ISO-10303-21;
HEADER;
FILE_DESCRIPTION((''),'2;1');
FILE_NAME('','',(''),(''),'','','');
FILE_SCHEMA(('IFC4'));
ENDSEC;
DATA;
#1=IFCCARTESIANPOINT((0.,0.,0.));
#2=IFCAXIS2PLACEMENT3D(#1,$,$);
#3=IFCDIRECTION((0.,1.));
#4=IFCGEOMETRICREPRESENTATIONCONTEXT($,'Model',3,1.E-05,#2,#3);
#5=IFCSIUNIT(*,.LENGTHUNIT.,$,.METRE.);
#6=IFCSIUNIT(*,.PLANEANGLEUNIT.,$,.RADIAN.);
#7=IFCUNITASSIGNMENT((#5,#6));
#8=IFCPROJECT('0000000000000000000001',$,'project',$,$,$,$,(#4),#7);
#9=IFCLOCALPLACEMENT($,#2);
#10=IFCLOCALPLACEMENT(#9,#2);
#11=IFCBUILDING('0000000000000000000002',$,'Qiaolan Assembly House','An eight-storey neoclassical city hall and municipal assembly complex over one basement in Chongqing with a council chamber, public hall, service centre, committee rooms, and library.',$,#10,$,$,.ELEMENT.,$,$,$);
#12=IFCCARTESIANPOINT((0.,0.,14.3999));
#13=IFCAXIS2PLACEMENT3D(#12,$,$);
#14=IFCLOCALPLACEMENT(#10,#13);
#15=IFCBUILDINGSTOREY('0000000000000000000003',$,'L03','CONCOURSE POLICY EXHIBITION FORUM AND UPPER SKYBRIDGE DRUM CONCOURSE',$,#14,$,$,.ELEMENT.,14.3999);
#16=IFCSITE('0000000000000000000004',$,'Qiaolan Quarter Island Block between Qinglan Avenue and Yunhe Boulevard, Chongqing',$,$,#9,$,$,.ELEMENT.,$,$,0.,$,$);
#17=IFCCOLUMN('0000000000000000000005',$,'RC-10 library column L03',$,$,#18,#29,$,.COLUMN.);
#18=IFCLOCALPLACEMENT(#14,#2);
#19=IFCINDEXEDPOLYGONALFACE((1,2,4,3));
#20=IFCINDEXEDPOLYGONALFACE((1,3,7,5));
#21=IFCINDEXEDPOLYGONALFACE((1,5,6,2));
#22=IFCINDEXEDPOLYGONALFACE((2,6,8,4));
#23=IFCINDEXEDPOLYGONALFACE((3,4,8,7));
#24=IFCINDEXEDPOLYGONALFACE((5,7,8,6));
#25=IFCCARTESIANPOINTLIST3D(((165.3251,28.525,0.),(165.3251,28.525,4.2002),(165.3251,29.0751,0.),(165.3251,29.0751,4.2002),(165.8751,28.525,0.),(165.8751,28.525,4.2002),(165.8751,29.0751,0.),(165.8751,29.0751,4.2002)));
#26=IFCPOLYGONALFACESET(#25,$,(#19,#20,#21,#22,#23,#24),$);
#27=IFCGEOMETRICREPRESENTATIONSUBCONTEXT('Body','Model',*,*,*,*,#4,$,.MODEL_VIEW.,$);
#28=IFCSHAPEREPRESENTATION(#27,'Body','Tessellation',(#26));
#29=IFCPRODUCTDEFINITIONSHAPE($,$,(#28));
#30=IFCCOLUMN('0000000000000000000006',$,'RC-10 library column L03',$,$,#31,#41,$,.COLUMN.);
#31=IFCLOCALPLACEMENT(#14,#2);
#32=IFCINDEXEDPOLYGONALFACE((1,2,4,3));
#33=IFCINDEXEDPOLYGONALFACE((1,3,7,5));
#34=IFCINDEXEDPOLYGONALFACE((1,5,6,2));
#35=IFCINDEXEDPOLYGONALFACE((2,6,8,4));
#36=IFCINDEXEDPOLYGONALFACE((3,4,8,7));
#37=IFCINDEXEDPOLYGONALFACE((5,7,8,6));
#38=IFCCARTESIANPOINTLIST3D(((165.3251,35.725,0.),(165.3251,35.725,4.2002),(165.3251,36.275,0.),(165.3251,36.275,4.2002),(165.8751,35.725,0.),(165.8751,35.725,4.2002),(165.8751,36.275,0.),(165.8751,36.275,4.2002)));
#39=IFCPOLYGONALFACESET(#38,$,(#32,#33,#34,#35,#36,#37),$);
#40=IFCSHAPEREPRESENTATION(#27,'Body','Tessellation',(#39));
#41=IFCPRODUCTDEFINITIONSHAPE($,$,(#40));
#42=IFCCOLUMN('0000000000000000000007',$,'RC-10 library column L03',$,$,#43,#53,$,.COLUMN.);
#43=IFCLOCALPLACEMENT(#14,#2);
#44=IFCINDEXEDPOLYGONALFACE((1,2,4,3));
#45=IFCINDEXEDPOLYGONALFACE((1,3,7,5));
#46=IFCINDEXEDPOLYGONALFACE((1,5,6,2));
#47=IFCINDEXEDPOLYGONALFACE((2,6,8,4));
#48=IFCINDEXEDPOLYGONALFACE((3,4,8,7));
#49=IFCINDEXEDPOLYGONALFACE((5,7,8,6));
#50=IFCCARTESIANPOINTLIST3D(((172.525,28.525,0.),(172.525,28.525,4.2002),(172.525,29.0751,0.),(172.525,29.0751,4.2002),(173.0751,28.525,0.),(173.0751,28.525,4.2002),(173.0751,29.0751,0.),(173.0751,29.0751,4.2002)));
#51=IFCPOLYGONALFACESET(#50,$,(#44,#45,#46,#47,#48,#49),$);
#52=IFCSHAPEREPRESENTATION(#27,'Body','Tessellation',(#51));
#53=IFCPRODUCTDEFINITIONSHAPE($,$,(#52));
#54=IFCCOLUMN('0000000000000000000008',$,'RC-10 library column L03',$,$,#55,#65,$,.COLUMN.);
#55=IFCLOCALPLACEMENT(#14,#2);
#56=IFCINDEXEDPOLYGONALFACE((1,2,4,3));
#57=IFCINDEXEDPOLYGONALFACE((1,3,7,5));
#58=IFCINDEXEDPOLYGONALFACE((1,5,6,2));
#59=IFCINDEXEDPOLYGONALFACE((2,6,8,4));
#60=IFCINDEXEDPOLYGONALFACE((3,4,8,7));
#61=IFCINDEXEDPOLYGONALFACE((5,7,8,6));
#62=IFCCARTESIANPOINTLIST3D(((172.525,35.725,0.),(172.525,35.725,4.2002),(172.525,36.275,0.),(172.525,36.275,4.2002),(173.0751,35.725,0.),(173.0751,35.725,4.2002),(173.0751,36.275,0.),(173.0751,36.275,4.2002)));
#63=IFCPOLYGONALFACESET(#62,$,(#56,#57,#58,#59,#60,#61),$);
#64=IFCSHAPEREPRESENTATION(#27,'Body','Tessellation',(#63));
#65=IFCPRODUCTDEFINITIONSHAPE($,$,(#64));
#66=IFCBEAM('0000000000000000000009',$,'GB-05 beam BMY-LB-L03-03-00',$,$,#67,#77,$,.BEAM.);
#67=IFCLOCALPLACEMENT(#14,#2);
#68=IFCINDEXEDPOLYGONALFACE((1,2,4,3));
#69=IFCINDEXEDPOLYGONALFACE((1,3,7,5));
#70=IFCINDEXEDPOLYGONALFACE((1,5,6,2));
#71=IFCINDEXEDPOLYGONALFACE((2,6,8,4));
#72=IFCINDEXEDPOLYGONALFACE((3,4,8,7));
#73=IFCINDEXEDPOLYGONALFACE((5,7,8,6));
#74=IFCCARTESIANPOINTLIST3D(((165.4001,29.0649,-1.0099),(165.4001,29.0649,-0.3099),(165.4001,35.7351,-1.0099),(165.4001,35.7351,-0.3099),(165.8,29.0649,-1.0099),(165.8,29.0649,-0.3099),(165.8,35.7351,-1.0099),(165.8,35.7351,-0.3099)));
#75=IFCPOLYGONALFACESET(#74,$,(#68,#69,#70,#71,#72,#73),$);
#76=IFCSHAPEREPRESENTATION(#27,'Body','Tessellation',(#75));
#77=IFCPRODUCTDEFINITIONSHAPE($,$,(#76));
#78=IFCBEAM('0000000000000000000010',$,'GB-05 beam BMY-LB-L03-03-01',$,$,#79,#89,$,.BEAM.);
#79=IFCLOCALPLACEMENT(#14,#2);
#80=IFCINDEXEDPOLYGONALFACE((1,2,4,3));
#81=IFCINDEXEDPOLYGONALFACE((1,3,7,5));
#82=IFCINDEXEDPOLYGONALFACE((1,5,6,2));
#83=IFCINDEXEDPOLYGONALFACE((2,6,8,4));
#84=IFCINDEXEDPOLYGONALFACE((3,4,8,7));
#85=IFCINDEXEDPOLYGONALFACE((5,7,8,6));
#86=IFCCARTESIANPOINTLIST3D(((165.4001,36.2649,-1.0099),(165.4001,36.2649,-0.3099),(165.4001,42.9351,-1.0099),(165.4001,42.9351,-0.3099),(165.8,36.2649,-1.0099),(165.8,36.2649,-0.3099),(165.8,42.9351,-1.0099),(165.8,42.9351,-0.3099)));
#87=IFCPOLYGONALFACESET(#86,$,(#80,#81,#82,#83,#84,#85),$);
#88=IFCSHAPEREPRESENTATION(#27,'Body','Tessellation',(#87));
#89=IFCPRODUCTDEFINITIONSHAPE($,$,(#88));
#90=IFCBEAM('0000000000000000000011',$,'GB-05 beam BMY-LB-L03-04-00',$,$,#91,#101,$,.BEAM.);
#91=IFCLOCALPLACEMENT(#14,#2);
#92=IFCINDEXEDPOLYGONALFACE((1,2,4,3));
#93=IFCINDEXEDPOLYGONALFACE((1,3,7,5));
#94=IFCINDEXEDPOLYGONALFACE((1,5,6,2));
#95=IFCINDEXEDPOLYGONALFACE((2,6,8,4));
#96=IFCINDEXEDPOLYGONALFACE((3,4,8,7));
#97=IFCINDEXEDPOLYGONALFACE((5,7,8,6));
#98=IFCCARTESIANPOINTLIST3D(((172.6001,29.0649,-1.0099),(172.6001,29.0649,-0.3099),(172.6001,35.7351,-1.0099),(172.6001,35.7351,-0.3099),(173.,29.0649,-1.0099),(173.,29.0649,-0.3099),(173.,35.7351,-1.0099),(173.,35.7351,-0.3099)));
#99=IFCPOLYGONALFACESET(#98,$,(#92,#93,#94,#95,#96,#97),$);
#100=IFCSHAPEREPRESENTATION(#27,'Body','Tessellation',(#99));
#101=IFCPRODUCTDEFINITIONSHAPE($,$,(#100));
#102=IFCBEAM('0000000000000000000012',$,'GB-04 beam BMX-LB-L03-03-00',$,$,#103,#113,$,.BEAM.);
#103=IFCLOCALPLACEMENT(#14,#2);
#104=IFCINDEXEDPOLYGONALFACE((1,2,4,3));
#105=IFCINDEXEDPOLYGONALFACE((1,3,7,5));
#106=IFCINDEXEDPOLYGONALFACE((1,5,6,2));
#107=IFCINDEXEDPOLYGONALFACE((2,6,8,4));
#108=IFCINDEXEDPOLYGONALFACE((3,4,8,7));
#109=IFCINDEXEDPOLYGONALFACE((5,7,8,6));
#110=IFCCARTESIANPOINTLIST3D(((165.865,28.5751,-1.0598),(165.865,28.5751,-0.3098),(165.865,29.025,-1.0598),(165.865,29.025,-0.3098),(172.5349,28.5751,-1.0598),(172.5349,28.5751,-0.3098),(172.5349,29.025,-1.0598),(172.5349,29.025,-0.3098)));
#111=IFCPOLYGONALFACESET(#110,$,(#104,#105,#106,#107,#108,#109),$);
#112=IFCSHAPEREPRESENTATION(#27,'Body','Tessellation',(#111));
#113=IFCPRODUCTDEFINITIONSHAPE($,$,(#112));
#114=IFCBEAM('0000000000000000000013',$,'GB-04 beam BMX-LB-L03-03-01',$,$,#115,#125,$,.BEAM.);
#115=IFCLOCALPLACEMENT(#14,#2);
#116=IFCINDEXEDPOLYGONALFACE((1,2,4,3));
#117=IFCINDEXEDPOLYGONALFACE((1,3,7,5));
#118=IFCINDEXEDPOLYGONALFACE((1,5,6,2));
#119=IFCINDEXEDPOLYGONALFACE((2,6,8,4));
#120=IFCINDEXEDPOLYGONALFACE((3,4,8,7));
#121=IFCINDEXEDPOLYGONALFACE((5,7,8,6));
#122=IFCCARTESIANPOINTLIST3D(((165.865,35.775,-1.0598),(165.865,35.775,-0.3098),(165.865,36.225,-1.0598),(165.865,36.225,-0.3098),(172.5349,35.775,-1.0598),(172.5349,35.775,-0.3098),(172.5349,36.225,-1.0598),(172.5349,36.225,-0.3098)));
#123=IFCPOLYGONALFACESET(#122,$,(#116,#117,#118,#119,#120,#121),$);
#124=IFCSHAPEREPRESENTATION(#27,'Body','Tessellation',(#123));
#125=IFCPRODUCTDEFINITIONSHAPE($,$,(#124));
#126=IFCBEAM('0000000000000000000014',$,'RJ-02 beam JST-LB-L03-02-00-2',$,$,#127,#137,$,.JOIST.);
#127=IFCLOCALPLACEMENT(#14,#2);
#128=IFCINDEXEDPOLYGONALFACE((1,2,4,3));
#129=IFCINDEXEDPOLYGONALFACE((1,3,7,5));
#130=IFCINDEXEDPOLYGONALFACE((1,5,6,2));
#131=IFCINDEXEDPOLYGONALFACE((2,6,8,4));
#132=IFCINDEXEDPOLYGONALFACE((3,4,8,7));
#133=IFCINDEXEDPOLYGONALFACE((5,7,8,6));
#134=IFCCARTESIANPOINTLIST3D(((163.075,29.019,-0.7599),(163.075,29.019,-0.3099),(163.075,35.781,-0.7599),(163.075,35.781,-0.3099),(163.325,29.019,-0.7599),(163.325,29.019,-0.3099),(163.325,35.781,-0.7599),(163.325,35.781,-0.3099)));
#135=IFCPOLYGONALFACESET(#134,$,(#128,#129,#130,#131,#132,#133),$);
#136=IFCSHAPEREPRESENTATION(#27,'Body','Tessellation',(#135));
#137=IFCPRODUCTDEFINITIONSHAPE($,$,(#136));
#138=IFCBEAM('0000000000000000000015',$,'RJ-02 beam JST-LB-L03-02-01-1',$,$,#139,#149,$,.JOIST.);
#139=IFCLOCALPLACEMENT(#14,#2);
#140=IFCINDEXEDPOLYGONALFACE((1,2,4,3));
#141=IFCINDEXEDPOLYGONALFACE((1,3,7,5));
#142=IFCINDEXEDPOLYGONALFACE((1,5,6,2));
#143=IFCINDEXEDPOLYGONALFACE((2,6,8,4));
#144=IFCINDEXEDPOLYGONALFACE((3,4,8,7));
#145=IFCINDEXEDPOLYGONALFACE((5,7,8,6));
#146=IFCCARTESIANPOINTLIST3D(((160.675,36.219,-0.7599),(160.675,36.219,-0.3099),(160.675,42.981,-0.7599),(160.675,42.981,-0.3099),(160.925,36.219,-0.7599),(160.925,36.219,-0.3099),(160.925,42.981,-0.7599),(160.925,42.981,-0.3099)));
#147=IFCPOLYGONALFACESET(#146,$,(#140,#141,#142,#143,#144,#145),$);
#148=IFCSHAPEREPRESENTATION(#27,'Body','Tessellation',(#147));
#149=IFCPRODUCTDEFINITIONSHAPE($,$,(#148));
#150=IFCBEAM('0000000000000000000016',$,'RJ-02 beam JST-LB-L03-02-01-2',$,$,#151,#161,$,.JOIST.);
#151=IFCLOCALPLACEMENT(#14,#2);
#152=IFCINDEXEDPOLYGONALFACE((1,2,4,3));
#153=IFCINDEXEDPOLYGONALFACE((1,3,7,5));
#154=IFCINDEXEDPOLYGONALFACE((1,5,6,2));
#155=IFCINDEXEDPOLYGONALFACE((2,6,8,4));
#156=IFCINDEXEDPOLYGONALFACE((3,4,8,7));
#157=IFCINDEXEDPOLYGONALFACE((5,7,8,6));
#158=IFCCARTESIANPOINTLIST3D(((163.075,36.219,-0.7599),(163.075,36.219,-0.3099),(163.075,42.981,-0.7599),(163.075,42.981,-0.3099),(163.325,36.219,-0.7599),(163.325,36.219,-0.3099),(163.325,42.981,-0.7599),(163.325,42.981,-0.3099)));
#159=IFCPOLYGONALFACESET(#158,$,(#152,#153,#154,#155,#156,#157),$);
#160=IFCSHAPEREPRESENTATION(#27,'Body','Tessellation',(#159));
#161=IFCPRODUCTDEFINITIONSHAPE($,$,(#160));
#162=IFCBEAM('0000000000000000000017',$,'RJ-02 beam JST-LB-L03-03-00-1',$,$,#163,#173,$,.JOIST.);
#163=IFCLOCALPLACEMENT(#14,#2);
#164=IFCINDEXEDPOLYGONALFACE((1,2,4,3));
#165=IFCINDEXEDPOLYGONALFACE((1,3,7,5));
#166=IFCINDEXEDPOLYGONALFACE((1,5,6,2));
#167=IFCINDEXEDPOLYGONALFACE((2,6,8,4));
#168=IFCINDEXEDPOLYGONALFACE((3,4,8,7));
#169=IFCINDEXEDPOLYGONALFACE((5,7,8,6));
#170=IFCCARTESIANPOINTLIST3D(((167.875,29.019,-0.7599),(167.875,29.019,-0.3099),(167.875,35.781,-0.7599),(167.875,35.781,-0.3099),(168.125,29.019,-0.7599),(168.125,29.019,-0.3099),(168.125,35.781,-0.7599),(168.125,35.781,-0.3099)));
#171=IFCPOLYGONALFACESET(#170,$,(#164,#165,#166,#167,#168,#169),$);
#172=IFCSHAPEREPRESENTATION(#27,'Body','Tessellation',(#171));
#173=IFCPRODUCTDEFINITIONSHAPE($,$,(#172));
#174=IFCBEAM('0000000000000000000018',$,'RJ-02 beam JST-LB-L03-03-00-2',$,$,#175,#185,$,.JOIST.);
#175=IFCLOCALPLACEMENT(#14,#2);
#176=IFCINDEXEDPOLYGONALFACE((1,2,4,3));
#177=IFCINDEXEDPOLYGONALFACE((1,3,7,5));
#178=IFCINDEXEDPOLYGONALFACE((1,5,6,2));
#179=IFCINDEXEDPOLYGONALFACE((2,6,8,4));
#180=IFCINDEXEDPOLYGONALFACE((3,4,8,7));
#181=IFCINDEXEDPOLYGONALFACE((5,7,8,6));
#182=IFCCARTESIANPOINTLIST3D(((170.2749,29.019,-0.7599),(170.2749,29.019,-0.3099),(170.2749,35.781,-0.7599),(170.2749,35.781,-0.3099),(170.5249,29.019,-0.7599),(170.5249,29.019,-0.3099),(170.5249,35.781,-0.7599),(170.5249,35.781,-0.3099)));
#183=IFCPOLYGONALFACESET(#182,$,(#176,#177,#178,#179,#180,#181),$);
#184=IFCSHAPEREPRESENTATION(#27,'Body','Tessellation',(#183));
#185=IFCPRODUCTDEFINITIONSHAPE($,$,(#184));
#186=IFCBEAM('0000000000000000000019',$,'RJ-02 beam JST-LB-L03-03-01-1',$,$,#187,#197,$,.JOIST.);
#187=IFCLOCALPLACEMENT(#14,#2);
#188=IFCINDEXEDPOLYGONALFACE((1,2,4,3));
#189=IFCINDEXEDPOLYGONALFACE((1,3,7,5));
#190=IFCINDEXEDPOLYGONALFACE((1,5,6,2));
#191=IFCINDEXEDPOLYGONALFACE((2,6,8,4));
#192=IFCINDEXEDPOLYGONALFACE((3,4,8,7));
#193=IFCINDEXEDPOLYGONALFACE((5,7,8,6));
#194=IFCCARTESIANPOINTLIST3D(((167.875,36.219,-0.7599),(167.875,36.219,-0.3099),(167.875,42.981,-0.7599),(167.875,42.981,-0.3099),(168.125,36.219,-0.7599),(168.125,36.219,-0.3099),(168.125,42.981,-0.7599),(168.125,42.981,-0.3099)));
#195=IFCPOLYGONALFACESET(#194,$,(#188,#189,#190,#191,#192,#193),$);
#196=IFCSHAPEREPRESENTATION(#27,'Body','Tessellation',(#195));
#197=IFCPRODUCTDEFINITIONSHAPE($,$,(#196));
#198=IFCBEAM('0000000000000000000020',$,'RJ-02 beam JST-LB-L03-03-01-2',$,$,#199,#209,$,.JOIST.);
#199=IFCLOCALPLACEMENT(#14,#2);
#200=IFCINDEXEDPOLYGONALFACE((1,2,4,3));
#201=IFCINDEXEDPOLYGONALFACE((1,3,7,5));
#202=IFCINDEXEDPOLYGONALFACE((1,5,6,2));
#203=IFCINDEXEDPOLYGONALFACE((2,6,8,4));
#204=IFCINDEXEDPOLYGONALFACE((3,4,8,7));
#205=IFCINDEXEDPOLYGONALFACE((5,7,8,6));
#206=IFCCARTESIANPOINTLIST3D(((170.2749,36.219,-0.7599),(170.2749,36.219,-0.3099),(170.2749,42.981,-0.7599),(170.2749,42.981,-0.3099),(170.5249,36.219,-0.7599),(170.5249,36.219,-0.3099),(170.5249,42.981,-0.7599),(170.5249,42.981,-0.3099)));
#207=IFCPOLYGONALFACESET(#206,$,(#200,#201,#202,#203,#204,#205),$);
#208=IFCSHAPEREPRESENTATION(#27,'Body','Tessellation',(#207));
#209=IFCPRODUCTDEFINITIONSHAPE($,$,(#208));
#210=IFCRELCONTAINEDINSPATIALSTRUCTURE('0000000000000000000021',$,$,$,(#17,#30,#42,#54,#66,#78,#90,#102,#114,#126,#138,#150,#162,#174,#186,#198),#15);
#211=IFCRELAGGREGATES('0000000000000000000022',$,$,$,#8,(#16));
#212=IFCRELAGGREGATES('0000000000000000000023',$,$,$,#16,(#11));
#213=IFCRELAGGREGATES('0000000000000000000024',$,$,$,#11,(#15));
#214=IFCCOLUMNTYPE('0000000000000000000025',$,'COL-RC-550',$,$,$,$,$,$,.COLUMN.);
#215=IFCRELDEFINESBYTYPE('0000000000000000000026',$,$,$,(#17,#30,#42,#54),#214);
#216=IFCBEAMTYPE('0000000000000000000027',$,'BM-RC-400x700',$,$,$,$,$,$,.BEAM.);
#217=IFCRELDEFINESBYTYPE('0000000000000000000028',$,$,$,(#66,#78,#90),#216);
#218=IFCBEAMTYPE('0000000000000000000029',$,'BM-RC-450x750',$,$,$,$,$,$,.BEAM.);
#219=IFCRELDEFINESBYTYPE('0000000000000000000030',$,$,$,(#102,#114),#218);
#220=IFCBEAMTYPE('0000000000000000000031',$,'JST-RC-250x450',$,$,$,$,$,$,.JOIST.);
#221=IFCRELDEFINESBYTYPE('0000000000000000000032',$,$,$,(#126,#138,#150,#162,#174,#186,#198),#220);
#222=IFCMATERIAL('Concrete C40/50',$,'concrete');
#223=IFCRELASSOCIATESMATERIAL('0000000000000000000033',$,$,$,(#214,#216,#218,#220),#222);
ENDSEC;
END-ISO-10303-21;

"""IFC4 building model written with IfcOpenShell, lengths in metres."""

from ifc_helpers import new_model, si_unit, direction, frame, origin, origin_2d, place, context, subcontext, project, spatial, rectangle, extrude, material, material_profile, profile_set, type_object, element, save


model = new_model("IFC4")

# Units and contexts
model_context = context("Model", 3, precision=1e-05, world=origin(), true_north=direction((0.0, 1.0)))
body_context = subcontext(model_context, "Body", "Model", "MODEL_VIEW")
ifc_project = project(units=[si_unit("LENGTHUNIT", "METRE"), si_unit("PLANEANGLEUNIT", "RADIAN")], contexts=[model_context])

# Site, building, storey
site_placement = place(None, origin())
site = spatial("IfcSite", under=ifc_project, at=site_placement, Name="Qiaolan Quarter Island Block between Qinglan Avenue and Yunhe Boulevard, Chongqing", CompositionType="ELEMENT", RefElevation=0.0)
building_placement = place(site_placement, origin())
building = spatial("IfcBuilding", under=site, at=building_placement, Name="Qiaolan Assembly House", Description="An eight-storey neoclassical city hall and municipal assembly complex over one basement in Chongqing with a council chamber, public hall, service centre, committee rooms, and library.", CompositionType="ELEMENT")
storey_placement = place(building_placement, frame((0.0, 0.0, 14.3999)))
storey = spatial("IfcBuildingStorey", under=building, at=storey_placement, Name="L03", Description="CONCOURSE POLICY EXHIBITION FORUM AND UPPER SKYBRIDGE DRUM CONCOURSE", CompositionType="ELEMENT", Elevation=14.3999)

# Columns
ifc_material_1 = material(Name="Concrete C40/50", Category="concrete")
ifc_material_profile_1 = material_profile(ifc_material_1, rectangle(XDim=0.55, YDim=0.55, at=origin_2d()), Name="RC 550x550")
ifc_profile_set_1 = profile_set([ifc_material_profile_1], Name="Concrete C40/50")
column_type = type_object("IfcColumnType", Name="COL-RC-550", PredefinedType="COLUMN", material=ifc_profile_set_1)
for number, where, z_axis, x_axis, name in (
    (1, (165.6001, 28.8, 0.0), (0.0, 0.0, 1.0), (1.0, 0.0, 0.0), "RC-10 library column L03"),
    (2, (165.6001, 36.0, 0.0), (0.0, 0.0, 1.0), (1.0, 0.0, 0.0), "RC-10 library column L03"),
    (3, (172.8, 28.8, 0.0), (0.0, 0.0, 1.0), (1.0, 0.0, 0.0), "RC-10 library column L03"),
    (4, (172.8, 36.0, 0.0), (0.0, 0.0, 1.0), (1.0, 0.0, 0.0), "RC-10 library column L03"),
):
    element("IfcColumn", number, at=place(storey_placement, frame(where, z_axis=z_axis, x_axis=x_axis)), inside=storey, type_object=column_type, Name=name, PredefinedType="COLUMN", context=body_context, shape_type="SweptSolid", body=[
        extrude(rectangle(XDim=0.55, YDim=0.55, at=origin_2d()), origin(), (0.0, 0.0, 1.0), 4.2002),
    ])

# Beams
ifc_material_profile_2 = material_profile(ifc_material_1, rectangle(XDim=0.3999, YDim=0.7, at=origin_2d()), Name="RCB 400x700")
ifc_profile_set_2 = profile_set([ifc_material_profile_2], Name="Concrete C40/50")
beam_type_1 = type_object("IfcBeamType", Name="BM-RC-400x700", PredefinedType="BEAM", material=ifc_profile_set_2)
for number, where, z_axis, x_axis, name in (
    (5, (165.6001, 29.0649, -0.6599), (0.0, 1.0, 0.0), (-1.0, 0.0, 0.0), "GB-05 beam BMY-LB-L03-03-00"),
    (6, (165.6001, 36.2649, -0.6599), (0.0, 1.0, 0.0), (-1.0, 0.0, 0.0), "GB-05 beam BMY-LB-L03-03-01"),
    (7, (172.8, 29.0649, -0.6599), (0.0, 1.0, 0.0), (-1.0, 0.0, 0.0), "GB-05 beam BMY-LB-L03-04-00"),
):
    element("IfcBeam", number, at=place(storey_placement, frame(where, z_axis=z_axis, x_axis=x_axis)), inside=storey, type_object=beam_type_1, Name=name, PredefinedType="BEAM", context=body_context, shape_type="SweptSolid", body=[
        extrude(rectangle(XDim=0.3999, YDim=0.7, at=origin_2d()), origin(), (0.0, 0.0, 1.0), 6.6702),
    ])
ifc_material_profile_3 = material_profile(ifc_material_1, rectangle(XDim=0.45, YDim=0.75, at=origin_2d()), Name="RCB 450x750")
ifc_profile_set_3 = profile_set([ifc_material_profile_3], Name="Concrete C40/50")
beam_type_2 = type_object("IfcBeamType", Name="BM-RC-450x750", PredefinedType="BEAM", material=ifc_profile_set_3)
for number, where, z_axis, x_axis, name in (
    (8, (165.865, 28.8, -0.6848), (1.0, 0.0, 0.0), (0.0, 1.0, 0.0), "GB-04 beam BMX-LB-L03-03-00"),
    (9, (165.865, 36.0, -0.6848), (1.0, 0.0, 0.0), (0.0, 1.0, 0.0), "GB-04 beam BMX-LB-L03-03-01"),
):
    element("IfcBeam", number, at=place(storey_placement, frame(where, z_axis=z_axis, x_axis=x_axis)), inside=storey, type_object=beam_type_2, Name=name, PredefinedType="BEAM", context=body_context, shape_type="SweptSolid", body=[
        extrude(rectangle(XDim=0.45, YDim=0.75, at=origin_2d()), origin(), (0.0, 0.0, 1.0), 6.6699),
    ])
ifc_material_profile_4 = material_profile(ifc_material_1, rectangle(XDim=0.25, YDim=0.45, at=origin_2d()), Name="RCB 250x450")
ifc_profile_set_4 = profile_set([ifc_material_profile_4], Name="Concrete C40/50")
beam_type_3 = type_object("IfcBeamType", Name="JST-RC-250x450", PredefinedType="JOIST", material=ifc_profile_set_4)
for number, where, z_axis, x_axis, name in (
    (10, (163.2, 29.019, -0.5349), (0.0, 1.0, 0.0), (-1.0, 0.0, 0.0), "RJ-02 beam JST-LB-L03-02-00-2"),
    (11, (160.8, 36.219, -0.5349), (0.0, 1.0, 0.0), (-1.0, 0.0, 0.0), "RJ-02 beam JST-LB-L03-02-01-1"),
    (12, (163.2, 36.219, -0.5349), (0.0, 1.0, 0.0), (-1.0, 0.0, 0.0), "RJ-02 beam JST-LB-L03-02-01-2"),
    (13, (168.0, 29.019, -0.5349), (0.0, 1.0, 0.0), (-1.0, 0.0, 0.0), "RJ-02 beam JST-LB-L03-03-00-1"),
    (14, (170.3999, 29.019, -0.5349), (0.0, 1.0, 0.0), (-1.0, 0.0, 0.0), "RJ-02 beam JST-LB-L03-03-00-2"),
    (15, (168.0, 36.219, -0.5349), (0.0, 1.0, 0.0), (-1.0, 0.0, 0.0), "RJ-02 beam JST-LB-L03-03-01-1"),
    (16, (170.3999, 36.219, -0.5349), (0.0, 1.0, 0.0), (-1.0, 0.0, 0.0), "RJ-02 beam JST-LB-L03-03-01-2"),
):
    element("IfcBeam", number, at=place(storey_placement, frame(where, z_axis=z_axis, x_axis=x_axis)), inside=storey, type_object=beam_type_3, Name=name, PredefinedType="JOIST", context=body_context, shape_type="SweptSolid", body=[
        extrude(rectangle(XDim=0.25, YDim=0.45, at=origin_2d()), origin(), (0.0, 0.0, 1.0), 6.762),
    ])

save(model, "model.ifc")
